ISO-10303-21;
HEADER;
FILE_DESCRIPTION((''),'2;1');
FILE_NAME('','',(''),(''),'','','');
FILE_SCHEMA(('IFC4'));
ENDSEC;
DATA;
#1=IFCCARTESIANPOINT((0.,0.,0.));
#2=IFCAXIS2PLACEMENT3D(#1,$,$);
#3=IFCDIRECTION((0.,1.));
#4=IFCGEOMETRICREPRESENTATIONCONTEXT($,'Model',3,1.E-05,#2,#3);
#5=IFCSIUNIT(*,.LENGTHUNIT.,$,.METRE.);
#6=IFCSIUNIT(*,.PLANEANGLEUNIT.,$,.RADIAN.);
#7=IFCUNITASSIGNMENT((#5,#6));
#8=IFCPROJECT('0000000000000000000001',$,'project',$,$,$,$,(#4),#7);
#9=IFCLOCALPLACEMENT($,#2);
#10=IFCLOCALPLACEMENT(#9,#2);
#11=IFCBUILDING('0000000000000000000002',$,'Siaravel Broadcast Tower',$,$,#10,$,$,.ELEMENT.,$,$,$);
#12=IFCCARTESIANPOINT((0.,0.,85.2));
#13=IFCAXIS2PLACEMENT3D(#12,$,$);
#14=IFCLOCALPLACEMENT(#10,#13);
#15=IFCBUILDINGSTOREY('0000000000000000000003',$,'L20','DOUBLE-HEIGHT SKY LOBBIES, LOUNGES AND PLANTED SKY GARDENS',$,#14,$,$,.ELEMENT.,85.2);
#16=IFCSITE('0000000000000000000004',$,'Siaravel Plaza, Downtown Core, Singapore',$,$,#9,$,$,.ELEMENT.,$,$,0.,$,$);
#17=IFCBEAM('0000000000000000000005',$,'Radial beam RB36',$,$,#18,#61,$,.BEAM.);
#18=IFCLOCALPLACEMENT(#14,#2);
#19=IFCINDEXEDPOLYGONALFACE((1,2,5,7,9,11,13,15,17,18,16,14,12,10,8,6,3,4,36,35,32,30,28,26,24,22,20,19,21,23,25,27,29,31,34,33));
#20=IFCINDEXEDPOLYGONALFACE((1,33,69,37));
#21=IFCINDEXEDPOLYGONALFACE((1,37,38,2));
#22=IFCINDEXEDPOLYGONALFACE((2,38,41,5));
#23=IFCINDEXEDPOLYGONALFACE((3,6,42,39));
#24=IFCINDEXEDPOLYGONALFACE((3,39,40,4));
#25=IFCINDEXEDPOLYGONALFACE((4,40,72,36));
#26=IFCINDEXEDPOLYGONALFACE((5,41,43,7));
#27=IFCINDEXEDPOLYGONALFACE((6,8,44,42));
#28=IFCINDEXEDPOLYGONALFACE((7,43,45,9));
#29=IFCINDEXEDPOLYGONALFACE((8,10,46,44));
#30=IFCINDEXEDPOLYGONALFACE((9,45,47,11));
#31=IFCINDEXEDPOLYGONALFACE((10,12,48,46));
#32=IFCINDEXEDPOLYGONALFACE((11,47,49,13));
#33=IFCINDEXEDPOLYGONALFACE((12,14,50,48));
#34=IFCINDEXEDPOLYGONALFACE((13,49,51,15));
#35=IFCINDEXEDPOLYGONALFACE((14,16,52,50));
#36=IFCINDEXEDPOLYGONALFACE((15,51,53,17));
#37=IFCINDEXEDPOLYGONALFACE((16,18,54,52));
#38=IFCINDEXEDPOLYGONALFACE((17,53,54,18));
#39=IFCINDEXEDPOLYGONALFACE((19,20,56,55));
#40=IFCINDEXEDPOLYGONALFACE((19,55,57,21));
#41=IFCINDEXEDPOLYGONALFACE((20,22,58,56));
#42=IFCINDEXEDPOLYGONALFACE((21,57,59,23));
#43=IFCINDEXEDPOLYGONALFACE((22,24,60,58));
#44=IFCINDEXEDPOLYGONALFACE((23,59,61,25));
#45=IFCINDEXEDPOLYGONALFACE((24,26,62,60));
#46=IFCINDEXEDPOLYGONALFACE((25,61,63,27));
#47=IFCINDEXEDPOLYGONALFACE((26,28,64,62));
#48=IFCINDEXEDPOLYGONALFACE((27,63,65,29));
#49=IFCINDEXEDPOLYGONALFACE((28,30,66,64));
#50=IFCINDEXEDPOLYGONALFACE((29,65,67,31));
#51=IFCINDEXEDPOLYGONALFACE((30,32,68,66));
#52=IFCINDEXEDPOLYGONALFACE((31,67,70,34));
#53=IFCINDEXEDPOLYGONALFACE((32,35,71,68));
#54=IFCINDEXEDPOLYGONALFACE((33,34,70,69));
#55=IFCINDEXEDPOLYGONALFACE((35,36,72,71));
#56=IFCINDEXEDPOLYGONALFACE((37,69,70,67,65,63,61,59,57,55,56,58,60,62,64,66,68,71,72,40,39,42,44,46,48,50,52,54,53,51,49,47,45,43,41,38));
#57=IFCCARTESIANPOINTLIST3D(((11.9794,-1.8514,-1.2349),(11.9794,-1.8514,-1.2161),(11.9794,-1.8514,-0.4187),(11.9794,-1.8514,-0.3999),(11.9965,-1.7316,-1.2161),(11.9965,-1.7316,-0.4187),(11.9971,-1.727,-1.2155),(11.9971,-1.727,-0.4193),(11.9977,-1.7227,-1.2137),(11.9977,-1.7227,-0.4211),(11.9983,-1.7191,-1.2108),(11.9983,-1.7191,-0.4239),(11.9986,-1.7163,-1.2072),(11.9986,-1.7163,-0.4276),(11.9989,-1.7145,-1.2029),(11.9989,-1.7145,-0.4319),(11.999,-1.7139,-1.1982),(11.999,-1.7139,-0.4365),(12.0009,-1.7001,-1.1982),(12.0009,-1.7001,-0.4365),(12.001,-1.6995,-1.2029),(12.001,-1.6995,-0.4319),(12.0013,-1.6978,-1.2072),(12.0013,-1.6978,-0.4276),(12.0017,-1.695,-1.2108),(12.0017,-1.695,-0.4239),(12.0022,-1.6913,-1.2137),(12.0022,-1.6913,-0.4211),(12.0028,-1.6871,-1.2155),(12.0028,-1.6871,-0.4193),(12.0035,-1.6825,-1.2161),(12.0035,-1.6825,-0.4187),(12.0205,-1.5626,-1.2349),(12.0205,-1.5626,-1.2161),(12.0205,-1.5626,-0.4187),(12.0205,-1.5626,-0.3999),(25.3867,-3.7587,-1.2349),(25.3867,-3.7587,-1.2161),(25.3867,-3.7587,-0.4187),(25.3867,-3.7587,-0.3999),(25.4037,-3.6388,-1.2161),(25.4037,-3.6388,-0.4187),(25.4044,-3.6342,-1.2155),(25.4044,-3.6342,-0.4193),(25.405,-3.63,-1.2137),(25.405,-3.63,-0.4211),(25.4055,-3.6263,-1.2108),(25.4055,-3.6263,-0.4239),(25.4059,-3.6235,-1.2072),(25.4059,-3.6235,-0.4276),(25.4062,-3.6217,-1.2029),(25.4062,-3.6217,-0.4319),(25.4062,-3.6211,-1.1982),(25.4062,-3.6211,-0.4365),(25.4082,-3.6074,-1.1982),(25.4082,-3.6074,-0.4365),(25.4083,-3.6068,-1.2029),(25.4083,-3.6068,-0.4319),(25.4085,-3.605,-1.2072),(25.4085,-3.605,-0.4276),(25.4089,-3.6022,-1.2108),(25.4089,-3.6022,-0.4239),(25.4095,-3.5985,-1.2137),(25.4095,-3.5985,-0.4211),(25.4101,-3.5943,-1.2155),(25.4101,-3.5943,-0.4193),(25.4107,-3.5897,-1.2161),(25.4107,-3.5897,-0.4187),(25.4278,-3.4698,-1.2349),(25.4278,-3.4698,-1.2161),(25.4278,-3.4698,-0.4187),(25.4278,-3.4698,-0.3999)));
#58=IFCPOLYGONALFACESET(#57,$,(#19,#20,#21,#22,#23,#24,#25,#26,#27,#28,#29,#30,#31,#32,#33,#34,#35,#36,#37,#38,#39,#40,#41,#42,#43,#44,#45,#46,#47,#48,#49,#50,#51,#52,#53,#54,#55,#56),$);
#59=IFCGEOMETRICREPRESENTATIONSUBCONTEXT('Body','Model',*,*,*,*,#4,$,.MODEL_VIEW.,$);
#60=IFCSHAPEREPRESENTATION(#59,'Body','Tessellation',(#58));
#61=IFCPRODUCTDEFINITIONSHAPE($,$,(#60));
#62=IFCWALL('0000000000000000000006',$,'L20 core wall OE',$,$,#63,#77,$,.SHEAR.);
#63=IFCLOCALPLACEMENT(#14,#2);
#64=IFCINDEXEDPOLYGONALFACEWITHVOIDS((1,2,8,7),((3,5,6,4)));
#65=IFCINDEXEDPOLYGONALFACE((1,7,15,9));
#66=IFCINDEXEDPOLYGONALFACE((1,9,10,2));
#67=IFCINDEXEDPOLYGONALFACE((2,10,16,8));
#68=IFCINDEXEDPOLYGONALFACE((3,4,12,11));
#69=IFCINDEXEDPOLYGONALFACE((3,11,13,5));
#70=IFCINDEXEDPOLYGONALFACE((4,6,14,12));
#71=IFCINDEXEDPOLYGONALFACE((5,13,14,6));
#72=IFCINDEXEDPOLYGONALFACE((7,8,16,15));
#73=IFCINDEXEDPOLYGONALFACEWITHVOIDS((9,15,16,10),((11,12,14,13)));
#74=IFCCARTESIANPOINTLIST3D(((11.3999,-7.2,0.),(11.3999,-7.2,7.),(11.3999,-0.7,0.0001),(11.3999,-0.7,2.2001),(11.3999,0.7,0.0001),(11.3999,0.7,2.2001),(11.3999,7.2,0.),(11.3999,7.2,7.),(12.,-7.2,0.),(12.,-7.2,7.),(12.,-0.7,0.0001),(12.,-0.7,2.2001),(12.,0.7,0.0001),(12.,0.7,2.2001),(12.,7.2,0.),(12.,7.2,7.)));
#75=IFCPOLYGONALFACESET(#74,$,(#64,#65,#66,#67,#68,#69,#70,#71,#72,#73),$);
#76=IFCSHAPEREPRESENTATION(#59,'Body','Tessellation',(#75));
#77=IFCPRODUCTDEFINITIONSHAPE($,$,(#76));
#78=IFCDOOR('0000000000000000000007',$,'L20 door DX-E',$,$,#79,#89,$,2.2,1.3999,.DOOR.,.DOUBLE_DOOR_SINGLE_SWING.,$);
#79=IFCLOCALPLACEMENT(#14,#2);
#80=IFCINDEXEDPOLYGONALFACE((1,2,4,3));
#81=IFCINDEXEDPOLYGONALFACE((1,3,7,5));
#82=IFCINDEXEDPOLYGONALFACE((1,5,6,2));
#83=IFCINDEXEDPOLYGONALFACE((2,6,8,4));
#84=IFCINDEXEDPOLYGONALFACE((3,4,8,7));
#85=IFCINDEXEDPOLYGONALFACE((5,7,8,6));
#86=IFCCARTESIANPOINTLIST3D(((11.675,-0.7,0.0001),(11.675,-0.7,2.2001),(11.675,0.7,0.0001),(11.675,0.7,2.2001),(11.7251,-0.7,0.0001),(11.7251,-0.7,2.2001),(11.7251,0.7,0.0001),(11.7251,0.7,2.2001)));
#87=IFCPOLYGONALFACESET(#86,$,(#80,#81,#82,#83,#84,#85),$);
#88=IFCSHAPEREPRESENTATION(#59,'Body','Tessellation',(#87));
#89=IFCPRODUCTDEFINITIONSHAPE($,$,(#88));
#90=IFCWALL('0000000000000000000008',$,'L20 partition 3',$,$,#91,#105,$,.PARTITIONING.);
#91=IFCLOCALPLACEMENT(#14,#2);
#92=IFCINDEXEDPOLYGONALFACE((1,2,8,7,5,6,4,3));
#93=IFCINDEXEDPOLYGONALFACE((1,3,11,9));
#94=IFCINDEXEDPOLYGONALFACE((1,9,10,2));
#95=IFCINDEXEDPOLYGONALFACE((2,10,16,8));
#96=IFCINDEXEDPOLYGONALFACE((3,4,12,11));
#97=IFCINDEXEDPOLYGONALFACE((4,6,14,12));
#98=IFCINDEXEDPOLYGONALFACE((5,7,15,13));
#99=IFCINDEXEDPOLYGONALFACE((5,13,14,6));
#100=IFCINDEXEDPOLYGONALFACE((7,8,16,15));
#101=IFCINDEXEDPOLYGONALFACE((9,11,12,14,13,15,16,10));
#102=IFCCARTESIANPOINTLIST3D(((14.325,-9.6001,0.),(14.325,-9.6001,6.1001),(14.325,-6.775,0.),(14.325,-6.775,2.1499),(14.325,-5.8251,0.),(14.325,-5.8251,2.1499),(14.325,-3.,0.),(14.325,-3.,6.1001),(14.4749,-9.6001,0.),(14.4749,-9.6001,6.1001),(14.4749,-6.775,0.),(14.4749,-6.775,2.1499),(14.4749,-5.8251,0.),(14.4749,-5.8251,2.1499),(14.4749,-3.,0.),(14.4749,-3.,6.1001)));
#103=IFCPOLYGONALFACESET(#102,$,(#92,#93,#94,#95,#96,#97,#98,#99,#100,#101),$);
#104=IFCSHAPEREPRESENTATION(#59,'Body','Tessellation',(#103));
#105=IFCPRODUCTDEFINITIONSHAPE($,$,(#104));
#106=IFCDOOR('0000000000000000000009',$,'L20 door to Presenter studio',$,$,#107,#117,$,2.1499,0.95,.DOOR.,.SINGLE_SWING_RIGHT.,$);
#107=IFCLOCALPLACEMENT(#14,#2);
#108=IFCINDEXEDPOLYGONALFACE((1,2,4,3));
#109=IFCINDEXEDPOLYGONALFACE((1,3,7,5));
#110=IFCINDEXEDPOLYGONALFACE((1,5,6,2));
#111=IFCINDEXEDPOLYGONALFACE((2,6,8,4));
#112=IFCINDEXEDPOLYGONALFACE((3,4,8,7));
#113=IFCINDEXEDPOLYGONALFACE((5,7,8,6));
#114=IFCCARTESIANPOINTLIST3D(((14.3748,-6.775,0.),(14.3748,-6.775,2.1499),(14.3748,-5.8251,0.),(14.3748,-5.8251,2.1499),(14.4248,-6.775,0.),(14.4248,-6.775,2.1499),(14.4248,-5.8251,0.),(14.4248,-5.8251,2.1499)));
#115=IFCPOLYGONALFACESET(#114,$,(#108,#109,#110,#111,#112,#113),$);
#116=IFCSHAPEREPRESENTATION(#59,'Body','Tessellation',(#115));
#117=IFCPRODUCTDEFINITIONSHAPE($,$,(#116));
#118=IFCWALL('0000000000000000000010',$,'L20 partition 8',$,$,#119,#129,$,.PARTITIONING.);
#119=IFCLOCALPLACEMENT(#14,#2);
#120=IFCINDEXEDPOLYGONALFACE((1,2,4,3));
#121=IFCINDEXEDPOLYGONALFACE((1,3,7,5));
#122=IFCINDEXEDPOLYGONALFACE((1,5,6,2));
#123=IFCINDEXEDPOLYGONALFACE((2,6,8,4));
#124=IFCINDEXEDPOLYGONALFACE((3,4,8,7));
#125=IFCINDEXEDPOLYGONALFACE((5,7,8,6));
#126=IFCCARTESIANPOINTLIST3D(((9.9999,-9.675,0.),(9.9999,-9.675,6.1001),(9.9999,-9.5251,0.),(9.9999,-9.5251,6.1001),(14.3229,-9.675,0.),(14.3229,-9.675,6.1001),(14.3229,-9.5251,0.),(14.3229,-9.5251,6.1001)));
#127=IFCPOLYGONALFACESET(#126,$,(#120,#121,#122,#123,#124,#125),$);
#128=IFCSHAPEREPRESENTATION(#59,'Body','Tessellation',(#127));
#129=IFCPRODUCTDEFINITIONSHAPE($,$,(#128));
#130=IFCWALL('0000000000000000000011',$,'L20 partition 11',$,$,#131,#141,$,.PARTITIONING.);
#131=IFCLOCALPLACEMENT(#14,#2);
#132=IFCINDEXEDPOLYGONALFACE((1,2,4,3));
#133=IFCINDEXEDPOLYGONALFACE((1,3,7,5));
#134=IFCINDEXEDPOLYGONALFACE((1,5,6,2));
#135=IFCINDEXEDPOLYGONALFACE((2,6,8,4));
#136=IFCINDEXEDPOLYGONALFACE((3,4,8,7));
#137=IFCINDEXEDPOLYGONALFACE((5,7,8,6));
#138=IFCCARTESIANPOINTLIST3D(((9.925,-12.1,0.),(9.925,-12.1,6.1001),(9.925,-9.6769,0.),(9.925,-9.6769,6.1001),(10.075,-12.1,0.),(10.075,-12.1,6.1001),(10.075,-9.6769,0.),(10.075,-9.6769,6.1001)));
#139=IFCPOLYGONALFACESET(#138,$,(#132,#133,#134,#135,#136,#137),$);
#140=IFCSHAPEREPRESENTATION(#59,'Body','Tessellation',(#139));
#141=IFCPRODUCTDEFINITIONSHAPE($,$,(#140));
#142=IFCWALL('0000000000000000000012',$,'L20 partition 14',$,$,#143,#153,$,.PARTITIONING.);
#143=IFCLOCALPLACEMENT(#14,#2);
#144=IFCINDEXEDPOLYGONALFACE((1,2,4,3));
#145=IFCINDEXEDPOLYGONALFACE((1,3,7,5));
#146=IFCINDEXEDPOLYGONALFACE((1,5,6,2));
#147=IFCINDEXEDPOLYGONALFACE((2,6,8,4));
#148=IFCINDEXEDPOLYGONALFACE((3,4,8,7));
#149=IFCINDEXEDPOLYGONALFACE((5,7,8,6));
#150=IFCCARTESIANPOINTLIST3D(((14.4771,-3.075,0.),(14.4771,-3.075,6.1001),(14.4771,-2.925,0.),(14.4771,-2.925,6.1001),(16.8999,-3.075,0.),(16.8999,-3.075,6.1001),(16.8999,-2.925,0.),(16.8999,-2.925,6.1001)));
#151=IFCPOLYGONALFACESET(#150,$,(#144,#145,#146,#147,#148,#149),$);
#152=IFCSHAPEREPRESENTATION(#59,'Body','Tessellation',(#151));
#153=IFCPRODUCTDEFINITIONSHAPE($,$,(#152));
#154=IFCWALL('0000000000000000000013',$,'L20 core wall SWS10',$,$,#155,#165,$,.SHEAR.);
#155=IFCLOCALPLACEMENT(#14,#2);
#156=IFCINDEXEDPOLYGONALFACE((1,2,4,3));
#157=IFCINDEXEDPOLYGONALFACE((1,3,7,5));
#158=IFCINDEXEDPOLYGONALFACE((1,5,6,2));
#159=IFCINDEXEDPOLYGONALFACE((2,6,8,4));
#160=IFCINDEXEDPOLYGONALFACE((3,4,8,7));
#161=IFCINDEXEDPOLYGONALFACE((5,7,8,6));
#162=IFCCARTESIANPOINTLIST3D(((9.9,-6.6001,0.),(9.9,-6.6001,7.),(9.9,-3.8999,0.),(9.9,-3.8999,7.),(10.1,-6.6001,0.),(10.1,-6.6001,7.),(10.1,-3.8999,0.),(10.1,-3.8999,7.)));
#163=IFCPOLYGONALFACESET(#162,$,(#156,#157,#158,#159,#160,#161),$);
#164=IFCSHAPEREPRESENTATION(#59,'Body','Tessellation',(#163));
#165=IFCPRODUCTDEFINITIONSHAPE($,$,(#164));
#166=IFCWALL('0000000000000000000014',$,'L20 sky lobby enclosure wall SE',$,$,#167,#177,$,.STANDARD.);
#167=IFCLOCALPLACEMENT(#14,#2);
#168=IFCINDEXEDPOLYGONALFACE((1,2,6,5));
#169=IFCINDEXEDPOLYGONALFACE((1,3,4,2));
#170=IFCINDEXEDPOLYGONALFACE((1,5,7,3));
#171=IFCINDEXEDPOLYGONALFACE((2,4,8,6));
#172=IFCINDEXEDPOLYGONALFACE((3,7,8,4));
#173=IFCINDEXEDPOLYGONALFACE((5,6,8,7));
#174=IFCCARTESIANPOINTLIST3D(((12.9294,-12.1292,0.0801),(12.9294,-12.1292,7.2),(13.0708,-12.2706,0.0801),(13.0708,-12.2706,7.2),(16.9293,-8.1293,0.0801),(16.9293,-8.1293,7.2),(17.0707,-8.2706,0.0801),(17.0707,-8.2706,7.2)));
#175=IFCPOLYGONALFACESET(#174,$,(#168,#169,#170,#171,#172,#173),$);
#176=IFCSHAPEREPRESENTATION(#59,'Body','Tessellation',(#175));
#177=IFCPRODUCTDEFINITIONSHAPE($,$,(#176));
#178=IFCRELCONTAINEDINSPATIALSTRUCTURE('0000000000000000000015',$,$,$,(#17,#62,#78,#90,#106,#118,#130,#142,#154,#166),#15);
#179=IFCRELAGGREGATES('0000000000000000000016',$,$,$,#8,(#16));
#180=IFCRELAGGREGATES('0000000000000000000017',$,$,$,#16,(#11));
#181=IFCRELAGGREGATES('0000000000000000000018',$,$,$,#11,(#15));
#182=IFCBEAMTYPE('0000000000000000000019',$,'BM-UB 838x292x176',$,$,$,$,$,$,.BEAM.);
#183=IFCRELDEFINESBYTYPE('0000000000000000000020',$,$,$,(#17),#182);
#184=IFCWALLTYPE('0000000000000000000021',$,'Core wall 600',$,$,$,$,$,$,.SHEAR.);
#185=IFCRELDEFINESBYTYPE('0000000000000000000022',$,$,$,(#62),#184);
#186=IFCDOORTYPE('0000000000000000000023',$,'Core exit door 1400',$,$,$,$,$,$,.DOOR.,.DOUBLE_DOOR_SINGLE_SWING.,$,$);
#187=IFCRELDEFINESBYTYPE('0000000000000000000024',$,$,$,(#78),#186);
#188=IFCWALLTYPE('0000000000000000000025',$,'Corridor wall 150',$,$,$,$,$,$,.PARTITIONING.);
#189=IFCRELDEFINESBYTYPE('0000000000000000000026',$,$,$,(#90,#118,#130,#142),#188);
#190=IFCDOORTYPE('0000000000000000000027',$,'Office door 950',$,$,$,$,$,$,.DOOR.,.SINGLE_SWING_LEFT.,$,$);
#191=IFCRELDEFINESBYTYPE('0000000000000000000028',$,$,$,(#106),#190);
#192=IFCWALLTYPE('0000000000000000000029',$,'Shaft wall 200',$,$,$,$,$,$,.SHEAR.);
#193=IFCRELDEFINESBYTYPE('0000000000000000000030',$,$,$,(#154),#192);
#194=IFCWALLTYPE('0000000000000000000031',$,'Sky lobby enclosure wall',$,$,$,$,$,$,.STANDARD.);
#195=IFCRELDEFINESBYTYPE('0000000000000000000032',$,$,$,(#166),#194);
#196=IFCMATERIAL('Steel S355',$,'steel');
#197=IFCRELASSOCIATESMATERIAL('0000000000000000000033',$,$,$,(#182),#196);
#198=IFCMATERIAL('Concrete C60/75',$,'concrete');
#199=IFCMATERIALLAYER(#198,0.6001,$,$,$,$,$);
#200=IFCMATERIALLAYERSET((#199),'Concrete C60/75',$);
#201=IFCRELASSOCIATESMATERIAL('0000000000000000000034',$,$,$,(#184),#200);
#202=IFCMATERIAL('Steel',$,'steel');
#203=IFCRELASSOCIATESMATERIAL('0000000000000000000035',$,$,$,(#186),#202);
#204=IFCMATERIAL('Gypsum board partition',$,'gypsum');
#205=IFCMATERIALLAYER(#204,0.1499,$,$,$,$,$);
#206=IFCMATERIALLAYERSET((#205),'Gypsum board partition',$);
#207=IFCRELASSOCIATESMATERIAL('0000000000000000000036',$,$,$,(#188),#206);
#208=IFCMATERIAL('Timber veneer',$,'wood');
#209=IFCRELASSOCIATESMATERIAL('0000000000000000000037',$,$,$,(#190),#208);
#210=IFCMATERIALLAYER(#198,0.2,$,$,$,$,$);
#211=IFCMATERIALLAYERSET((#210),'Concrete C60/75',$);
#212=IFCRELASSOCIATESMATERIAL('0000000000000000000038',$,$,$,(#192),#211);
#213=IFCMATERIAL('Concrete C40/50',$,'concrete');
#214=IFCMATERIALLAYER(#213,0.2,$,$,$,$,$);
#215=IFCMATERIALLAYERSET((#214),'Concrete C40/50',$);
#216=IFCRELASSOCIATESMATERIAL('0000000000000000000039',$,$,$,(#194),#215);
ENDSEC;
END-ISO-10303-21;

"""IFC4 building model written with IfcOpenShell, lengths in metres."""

from ifc_helpers import new_model, si_unit, direction, frame, frame_2d, origin, origin_2d, place, context, subcontext, project, spatial, rectangle, i_section, extrude, material, layer, layer_set, material_profile, profile_set, type_object, element, fill, save


model = new_model("IFC4")

# Units and contexts
model_context = context("Model", 3, precision=1e-05, world=origin(), true_north=direction((0.0, 1.0)))
body_context = subcontext(model_context, "Body", "Model", "MODEL_VIEW")
ifc_project = project(units=[si_unit("LENGTHUNIT", "METRE"), si_unit("PLANEANGLEUNIT", "RADIAN")], contexts=[model_context])

# Site, building, storey
site_placement = place(None, origin())
site = spatial("IfcSite", under=ifc_project, at=site_placement, Name="Siaravel Plaza, Downtown Core, Singapore", CompositionType="ELEMENT", RefElevation=0.0)
building_placement = place(site_placement, origin())
building = spatial("IfcBuilding", under=site, at=building_placement, Name="Siaravel Broadcast Tower", CompositionType="ELEMENT")
storey_placement = place(building_placement, frame((0.0, 0.0, 85.2)))
storey = spatial("IfcBuildingStorey", under=building, at=storey_placement, Name="L20", Description="DOUBLE-HEIGHT SKY LOBBIES, LOUNGES AND PLANTED SKY GARDENS", CompositionType="ELEMENT", Elevation=85.2)

# Beam
ifc_material_1 = material(Name="Steel S355", Category="steel")
ifc_material_profile_1 = material_profile(ifc_material_1, i_section(OverallWidth=0.2917, OverallDepth=0.835, WebThickness=0.0139, FlangeThickness=0.0188, FilletRadius=0.0178, at=origin_2d()))
ifc_profile_set_1 = profile_set([ifc_material_profile_1], Name="Steel S355")
beam_type = type_object("IfcBeamType", Name="BM-UB 838x292x176", PredefinedType="BEAM", material=ifc_profile_set_1)
beam_1_placement = place(storey_placement, frame((25.4072, -3.6143, -0.8174), z_axis=(-0.990033, 0.140836, 0.0), x_axis=(-0.140836, -0.990033, 0.0)))
element("IfcBeam", 1, at=beam_1_placement, inside=storey, type_object=beam_type, Name="Radial beam RB36", PredefinedType="BEAM", context=body_context, shape_type="SweptSolid", body=[
    extrude(i_section(OverallWidth=0.2917, OverallDepth=0.835, WebThickness=0.0139, FlangeThickness=0.0188, FilletRadius=0.0178, at=origin_2d()), origin(), (0.0, 0.0, 1.0), 13.5422),
])

# Walls, openings, doors
ifc_material_2 = material(Name="Concrete C60/75", Category="concrete")
ifc_layer_1 = layer(ifc_material_2, 0.6001)
ifc_layer_set_1 = layer_set([ifc_layer_1], Name="Concrete C60/75")
wall_type_1 = type_object("IfcWallType", Name="Core wall 600", PredefinedType="SHEAR", material=ifc_layer_set_1)
wall_1_placement = place(storey_placement, frame((11.7, -7.2, 0.0), z_axis=(0.0, 0.0, 1.0), x_axis=(0.0, 1.0, 0.0)))
wall_1 = element("IfcWall", 2, at=wall_1_placement, inside=storey, type_object=wall_type_1, Name="L20 core wall OE", PredefinedType="SHEAR", context=body_context, shape_type="SweptSolid", body=[
    extrude(rectangle(XDim=14.3999, YDim=0.6001, at=frame_2d((7.2, 0.0))), origin(), (0.0, 0.0, 1.0), 7.0),
])
opening_1_placement = place(wall_1_placement, frame((6.5, 0.0, 0.0)))
opening_1 = element("IfcOpeningElement", 3, at=opening_1_placement, cuts=wall_1, PredefinedType="OPENING", context=body_context, shape_type="SweptSolid", body=[
    extrude(rectangle(XDim=1.3999, YDim=2.2, at=frame_2d((0.7, 1.1001))), frame((0.0, 0.3101, 0.0), z_axis=(0.0, -1.0, 0.0), x_axis=(1.0, 0.0, 0.0)), (0.0, 0.0, 1.0), 0.6201),
])
ifc_material_3 = material(Name="Steel", Category="steel")
door_type_1 = type_object("IfcDoorType", Name="Core exit door 1400", OperationType="DOUBLE_DOOR_SINGLE_SWING", PredefinedType="DOOR", material=ifc_material_3)
door_1_placement = place(opening_1_placement, origin())
door_1 = element("IfcDoor", 4, at=door_1_placement, inside=storey, type_object=door_type_1, Name="L20 door DX-E", OperationType="DOUBLE_DOOR_SINGLE_SWING", OverallHeight=2.2, OverallWidth=1.3999, PredefinedType="DOOR", context=body_context, shape_type="SweptSolid", body=[
    extrude(rectangle(XDim=1.3999, YDim=2.2, at=frame_2d((0.7, 1.1001))), frame((0.0, 0.0249, 0.0), z_axis=(0.0, -1.0, 0.0), x_axis=(1.0, 0.0, 0.0)), (0.0, 0.0, 1.0), 0.05),
])
fill(opening_1, door_1)
ifc_material_4 = material(Name="Gypsum board partition", Category="gypsum")
ifc_layer_2 = layer(ifc_material_4, 0.1499)
ifc_layer_set_2 = layer_set([ifc_layer_2], Name="Gypsum board partition")
wall_type_2 = type_object("IfcWallType", Name="Corridor wall 150", PredefinedType="PARTITIONING", material=ifc_layer_set_2)
wall_2_placement = place(storey_placement, frame((14.3999, -3.0, 0.0), z_axis=(0.0, 0.0, 1.0), x_axis=(0.0, -1.0, 0.0)))
wall_2 = element("IfcWall", 5, at=wall_2_placement, inside=storey, type_object=wall_type_2, Name="L20 partition 3", PredefinedType="PARTITIONING", context=body_context, shape_type="SweptSolid", body=[
    extrude(rectangle(XDim=6.6001, YDim=0.1499, at=frame_2d((3.3, 0.0))), origin(), (0.0, 0.0, 1.0), 6.1001),
])
opening_2_placement = place(wall_2_placement, frame((2.825, 0.0, 0.0)))
opening_2 = element("IfcOpeningElement", 6, at=opening_2_placement, cuts=wall_2, PredefinedType="OPENING", context=body_context, shape_type="SweptSolid", body=[
    extrude(rectangle(XDim=0.95, YDim=2.1499, at=frame_2d((0.4751, 1.075))), frame((0.0, 0.085, 0.0), z_axis=(0.0, -1.0, 0.0), x_axis=(1.0, 0.0, 0.0)), (0.0, 0.0, 1.0), 0.1699),
])
ifc_material_5 = material(Name="Timber veneer", Category="wood")
door_type_2 = type_object("IfcDoorType", Name="Office door 950", OperationType="SINGLE_SWING_LEFT", PredefinedType="DOOR", material=ifc_material_5)
door_2_placement = place(opening_2_placement, origin())
door_2 = element("IfcDoor", 7, at=door_2_placement, inside=storey, type_object=door_type_2, Name="L20 door to Presenter studio", OperationType="SINGLE_SWING_RIGHT", OverallHeight=2.1499, OverallWidth=0.95, PredefinedType="DOOR", context=body_context, shape_type="SweptSolid", body=[
    extrude(rectangle(XDim=0.95, YDim=2.1499, at=frame_2d((0.4751, 1.075))), frame((0.0, 0.0249, 0.0), z_axis=(0.0, -1.0, 0.0), x_axis=(1.0, 0.0, 0.0)), (0.0, 0.0, 1.0), 0.05),
])
fill(opening_2, door_2)

# Walls
wall_3_placement = place(storey_placement, frame((14.323, -9.6001, 0.0), z_axis=(0.0, 0.0, 1.0), x_axis=(-1.0, 0.0, 0.0)))
element("IfcWall", 8, at=wall_3_placement, inside=storey, type_object=wall_type_2, Name="L20 partition 8", PredefinedType="PARTITIONING", context=body_context, shape_type="SweptSolid", body=[
    extrude(rectangle(XDim=4.323, YDim=0.1499, at=frame_2d((2.1616, 0.0))), origin(), (0.0, 0.0, 1.0), 6.1001),
])
wall_4_placement = place(storey_placement, frame((10.0, -9.677, 0.0), z_axis=(0.0, 0.0, 1.0), x_axis=(0.0, -1.0, 0.0)))
element("IfcWall", 9, at=wall_4_placement, inside=storey, type_object=wall_type_2, Name="L20 partition 11", PredefinedType="PARTITIONING", context=body_context, shape_type="SweptSolid", body=[
    extrude(rectangle(XDim=2.4231, YDim=0.1499, at=frame_2d((1.2114, 0.0))), origin(), (0.0, 0.0, 1.0), 6.1001),
])
wall_5_placement = place(storey_placement, frame((16.8999, -3.0, 0.0), z_axis=(0.0, 0.0, 1.0), x_axis=(-1.0, 0.0, 0.0)))
element("IfcWall", 10, at=wall_5_placement, inside=storey, type_object=wall_type_2, Name="L20 partition 14", PredefinedType="PARTITIONING", context=body_context, shape_type="SweptSolid", body=[
    extrude(rectangle(XDim=2.4229, YDim=0.1499, at=frame_2d((1.2114, 0.0))), origin(), (0.0, 0.0, 1.0), 6.1001),
])
ifc_layer_3 = layer(ifc_material_2, 0.2)
ifc_layer_set_3 = layer_set([ifc_layer_3], Name="Concrete C60/75")
wall_type_3 = type_object("IfcWallType", Name="Shaft wall 200", PredefinedType="SHEAR", material=ifc_layer_set_3)
wall_6_placement = place(storey_placement, frame((10.0, -6.6001, 0.0), z_axis=(0.0, 0.0, 1.0), x_axis=(0.0, 1.0, 0.0)))
element("IfcWall", 11, at=wall_6_placement, inside=storey, type_object=wall_type_3, Name="L20 core wall SWS10", PredefinedType="SHEAR", context=body_context, shape_type="SweptSolid", body=[
    extrude(rectangle(XDim=2.7002, YDim=0.2, at=frame_2d((1.3501, 0.0))), origin(), (0.0, 0.0, 1.0), 7.0),
])
ifc_material_6 = material(Name="Concrete C40/50", Category="concrete")
ifc_layer_4 = layer(ifc_material_6, 0.2)
ifc_layer_set_4 = layer_set([ifc_layer_4], Name="Concrete C40/50")
wall_type_4 = type_object("IfcWallType", Name="Sky lobby enclosure wall", PredefinedType="STANDARD", material=ifc_layer_set_4)
wall_7_placement = place(storey_placement, frame((17.0, -8.2, 0.0801), z_axis=(0.0, 0.0, 1.0), x_axis=(-0.707107, -0.707107, 0.0)))
element("IfcWall", 12, at=wall_7_placement, inside=storey, type_object=wall_type_4, Name="L20 sky lobby enclosure wall SE", PredefinedType="STANDARD", context=body_context, shape_type="SweptSolid", body=[
    extrude(rectangle(XDim=5.6567, YDim=0.2, at=frame_2d((2.8284, 0.0))), origin(), (0.0, 0.0, 1.0), 7.1199),
])

save(model, "model.ifc")
